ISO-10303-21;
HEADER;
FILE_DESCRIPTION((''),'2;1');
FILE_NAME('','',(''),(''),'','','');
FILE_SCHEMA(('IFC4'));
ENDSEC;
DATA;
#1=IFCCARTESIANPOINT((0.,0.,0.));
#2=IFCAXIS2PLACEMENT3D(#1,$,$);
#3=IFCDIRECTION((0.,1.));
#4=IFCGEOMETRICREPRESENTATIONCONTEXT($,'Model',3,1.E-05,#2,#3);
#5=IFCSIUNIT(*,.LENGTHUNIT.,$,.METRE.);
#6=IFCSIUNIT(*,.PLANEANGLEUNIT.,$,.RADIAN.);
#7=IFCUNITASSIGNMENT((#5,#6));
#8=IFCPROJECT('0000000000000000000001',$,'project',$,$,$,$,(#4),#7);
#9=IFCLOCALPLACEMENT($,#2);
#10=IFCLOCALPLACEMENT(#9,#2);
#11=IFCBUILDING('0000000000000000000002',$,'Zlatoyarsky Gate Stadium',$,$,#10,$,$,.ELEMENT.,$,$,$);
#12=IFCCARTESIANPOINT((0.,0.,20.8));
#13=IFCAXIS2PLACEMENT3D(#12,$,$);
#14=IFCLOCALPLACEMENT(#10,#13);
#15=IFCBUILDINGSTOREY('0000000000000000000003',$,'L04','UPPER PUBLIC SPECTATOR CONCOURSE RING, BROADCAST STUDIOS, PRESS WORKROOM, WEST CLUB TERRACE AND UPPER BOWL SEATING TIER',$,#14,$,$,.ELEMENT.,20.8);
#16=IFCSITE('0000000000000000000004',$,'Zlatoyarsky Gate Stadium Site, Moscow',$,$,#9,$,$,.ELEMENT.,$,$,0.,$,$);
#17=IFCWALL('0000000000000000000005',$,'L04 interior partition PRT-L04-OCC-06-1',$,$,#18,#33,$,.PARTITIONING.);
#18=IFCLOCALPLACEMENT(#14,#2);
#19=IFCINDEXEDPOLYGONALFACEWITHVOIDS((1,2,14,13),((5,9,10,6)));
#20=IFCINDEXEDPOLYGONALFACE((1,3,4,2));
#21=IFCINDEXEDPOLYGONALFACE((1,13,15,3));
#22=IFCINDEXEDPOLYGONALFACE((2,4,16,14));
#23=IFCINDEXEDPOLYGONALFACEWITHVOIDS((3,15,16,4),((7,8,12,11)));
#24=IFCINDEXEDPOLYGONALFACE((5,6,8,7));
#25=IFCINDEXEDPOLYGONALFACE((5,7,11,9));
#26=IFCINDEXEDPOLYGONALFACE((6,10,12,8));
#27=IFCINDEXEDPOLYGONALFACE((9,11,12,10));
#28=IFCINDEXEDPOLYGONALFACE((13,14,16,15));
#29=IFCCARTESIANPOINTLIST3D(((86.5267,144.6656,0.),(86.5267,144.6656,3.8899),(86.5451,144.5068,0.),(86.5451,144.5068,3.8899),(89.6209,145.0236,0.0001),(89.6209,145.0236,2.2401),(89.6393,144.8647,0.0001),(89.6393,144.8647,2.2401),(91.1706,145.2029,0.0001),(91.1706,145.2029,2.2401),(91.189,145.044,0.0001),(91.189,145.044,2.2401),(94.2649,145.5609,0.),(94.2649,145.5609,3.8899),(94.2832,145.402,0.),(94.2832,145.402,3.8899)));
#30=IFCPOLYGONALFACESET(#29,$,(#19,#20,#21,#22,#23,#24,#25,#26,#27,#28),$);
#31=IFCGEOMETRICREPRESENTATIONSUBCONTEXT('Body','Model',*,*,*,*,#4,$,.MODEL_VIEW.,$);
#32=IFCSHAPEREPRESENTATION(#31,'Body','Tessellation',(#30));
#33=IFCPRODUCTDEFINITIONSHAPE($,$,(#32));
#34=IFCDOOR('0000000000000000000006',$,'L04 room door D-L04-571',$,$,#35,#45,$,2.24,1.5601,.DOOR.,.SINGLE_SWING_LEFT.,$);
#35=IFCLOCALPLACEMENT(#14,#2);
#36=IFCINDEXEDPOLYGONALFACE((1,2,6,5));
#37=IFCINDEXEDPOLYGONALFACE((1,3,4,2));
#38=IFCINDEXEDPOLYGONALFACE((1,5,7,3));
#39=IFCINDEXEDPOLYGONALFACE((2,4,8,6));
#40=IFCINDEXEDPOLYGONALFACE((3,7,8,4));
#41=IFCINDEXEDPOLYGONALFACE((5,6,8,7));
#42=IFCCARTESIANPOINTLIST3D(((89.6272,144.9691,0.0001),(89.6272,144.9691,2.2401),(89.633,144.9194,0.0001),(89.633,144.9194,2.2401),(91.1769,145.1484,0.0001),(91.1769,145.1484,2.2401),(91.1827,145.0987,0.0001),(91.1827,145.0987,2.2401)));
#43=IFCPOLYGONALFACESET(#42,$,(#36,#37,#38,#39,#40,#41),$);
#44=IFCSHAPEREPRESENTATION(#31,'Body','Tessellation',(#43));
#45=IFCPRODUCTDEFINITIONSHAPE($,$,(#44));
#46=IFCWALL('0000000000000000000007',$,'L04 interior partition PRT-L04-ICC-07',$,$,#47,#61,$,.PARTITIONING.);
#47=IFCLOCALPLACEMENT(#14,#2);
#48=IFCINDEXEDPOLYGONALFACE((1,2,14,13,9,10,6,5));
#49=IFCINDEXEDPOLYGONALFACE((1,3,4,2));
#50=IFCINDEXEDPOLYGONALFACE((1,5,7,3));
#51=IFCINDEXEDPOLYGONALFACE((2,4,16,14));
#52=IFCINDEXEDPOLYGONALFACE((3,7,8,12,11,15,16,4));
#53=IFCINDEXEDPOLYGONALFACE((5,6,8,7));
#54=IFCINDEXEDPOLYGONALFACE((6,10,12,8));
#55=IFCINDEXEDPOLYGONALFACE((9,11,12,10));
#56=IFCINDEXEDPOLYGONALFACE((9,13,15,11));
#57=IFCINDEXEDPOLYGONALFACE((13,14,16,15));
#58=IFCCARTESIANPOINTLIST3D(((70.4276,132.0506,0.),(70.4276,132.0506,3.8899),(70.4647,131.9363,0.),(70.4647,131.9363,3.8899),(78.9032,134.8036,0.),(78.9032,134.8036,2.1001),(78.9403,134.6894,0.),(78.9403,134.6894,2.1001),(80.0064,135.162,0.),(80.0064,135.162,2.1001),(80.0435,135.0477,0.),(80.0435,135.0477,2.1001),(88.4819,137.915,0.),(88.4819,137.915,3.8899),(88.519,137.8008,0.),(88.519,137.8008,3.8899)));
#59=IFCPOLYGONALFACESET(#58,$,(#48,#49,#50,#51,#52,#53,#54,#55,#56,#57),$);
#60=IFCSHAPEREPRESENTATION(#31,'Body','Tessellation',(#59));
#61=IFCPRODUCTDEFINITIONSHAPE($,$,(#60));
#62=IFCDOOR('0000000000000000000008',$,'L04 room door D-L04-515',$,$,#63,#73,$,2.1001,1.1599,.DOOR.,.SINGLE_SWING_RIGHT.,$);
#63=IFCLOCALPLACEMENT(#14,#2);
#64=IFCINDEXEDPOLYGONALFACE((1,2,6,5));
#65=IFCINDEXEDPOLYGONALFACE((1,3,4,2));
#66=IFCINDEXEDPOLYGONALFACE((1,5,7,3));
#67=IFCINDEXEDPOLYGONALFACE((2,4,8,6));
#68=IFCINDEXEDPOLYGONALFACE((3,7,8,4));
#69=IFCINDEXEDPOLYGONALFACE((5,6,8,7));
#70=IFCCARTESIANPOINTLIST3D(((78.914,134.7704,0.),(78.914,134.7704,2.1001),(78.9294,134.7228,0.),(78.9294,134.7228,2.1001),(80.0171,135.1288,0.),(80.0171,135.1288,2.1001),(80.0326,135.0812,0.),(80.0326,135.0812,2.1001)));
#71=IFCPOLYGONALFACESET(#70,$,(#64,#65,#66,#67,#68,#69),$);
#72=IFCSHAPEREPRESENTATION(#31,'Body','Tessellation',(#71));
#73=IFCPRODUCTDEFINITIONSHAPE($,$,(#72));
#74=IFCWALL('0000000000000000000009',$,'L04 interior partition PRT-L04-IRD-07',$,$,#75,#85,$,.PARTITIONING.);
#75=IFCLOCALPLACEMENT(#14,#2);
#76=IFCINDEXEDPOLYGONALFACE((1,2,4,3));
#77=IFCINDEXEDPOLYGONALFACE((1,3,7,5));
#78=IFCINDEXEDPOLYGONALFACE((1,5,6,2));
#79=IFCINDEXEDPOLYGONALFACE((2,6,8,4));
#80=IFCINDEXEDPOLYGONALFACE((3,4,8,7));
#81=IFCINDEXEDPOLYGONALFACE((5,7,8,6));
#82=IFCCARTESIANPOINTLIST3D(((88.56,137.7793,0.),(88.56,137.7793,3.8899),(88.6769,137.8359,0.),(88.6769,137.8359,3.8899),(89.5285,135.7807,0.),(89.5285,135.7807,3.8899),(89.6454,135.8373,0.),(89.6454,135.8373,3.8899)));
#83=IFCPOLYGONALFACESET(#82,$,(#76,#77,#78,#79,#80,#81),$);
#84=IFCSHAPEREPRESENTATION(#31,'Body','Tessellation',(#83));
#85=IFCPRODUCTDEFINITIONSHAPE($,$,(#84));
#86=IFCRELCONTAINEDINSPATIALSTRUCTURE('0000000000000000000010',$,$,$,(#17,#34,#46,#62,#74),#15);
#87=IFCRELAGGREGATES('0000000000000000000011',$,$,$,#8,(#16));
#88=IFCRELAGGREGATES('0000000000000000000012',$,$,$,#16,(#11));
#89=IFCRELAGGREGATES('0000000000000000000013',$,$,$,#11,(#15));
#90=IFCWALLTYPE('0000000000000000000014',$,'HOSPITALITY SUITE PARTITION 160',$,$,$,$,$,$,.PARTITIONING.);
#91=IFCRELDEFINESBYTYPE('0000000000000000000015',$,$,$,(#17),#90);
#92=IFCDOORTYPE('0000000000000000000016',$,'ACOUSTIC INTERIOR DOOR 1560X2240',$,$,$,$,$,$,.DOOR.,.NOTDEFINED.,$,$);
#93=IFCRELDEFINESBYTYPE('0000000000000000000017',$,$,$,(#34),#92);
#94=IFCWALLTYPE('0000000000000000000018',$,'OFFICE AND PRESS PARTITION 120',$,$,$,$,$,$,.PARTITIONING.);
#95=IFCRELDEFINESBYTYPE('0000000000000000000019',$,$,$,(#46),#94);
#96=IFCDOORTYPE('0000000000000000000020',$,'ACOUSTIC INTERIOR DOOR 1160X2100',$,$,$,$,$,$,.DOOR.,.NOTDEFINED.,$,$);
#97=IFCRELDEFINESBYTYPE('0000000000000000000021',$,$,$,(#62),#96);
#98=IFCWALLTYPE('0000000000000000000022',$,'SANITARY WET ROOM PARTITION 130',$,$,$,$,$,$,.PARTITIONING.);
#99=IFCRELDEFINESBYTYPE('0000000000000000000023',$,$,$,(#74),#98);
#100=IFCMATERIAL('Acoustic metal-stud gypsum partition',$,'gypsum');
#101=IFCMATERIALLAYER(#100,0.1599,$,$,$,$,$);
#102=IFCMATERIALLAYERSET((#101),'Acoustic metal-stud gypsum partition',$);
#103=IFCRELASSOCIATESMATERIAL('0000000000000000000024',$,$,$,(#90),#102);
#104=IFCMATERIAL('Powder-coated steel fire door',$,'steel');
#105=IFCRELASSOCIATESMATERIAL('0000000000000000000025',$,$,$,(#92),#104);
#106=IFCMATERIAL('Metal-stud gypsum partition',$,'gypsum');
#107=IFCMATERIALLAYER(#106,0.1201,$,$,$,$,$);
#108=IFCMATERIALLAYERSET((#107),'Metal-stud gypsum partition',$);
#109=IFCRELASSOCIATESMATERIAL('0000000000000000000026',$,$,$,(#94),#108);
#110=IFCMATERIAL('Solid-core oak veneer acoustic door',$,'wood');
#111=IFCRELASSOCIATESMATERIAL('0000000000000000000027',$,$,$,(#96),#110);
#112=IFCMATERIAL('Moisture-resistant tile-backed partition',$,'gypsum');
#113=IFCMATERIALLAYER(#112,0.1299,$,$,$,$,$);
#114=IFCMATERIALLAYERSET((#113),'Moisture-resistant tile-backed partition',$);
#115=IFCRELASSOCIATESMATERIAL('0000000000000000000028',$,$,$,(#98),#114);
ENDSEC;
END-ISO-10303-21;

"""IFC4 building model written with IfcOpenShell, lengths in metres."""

from ifc_helpers import new_model, si_unit, direction, frame, frame_2d, origin, place, context, subcontext, project, spatial, rectangle, extrude, material, layer, layer_set, type_object, element, fill, save


model = new_model("IFC4")

# Units and contexts
model_context = context("Model", 3, precision=1e-05, world=origin(), true_north=direction((0.0, 1.0)))
body_context = subcontext(model_context, "Body", "Model", "MODEL_VIEW")
ifc_project = project(units=[si_unit("LENGTHUNIT", "METRE"), si_unit("PLANEANGLEUNIT", "RADIAN")], contexts=[model_context])

# Site, building, storey
site_placement = place(None, origin())
site = spatial("IfcSite", under=ifc_project, at=site_placement, Name="Zlatoyarsky Gate Stadium Site, Moscow", CompositionType="ELEMENT", RefElevation=0.0)
building_placement = place(site_placement, origin())
building = spatial("IfcBuilding", under=site, at=building_placement, Name="Zlatoyarsky Gate Stadium", CompositionType="ELEMENT")
storey_placement = place(building_placement, frame((0.0, 0.0, 20.8)))
storey = spatial("IfcBuildingStorey", under=building, at=storey_placement, Name="L04", Description="UPPER PUBLIC SPECTATOR CONCOURSE RING, BROADCAST STUDIOS, PRESS WORKROOM, WEST CLUB TERRACE AND UPPER BOWL SEATING TIER", CompositionType="ELEMENT", Elevation=20.8)

# Shared definitions
ifc_material_1 = material(Name="Metal-stud gypsum partition", Category="gypsum")

# Shared definitions
ifc_material_2 = material(Name="Powder-coated steel fire door", Category="steel")

# Walls, openings, doors
ifc_material_3 = material(Name="Acoustic metal-stud gypsum partition", Category="gypsum")
ifc_layer_1 = layer(ifc_material_3, 0.1599)
ifc_layer_set_1 = layer_set([ifc_layer_1], Name="Acoustic metal-stud gypsum partition")
wall_type_1 = type_object("IfcWallType", Name="HOSPITALITY SUITE PARTITION 160", PredefinedType="PARTITIONING", material=ifc_layer_set_1)
wall_1_placement = place(storey_placement, frame((94.2742, 145.4814, 0.0), z_axis=(0.0, 0.0, 1.0), x_axis=(-0.993374, -0.114926, 0.0)))
wall_1 = element("IfcWall", 1, at=wall_1_placement, inside=storey, type_object=wall_type_1, Name="L04 interior partition PRT-L04-OCC-06-1", PredefinedType="PARTITIONING", context=body_context, shape_type="SweptSolid", body=[
    extrude(rectangle(XDim=7.7898, YDim=0.1599, at=frame_2d((3.895, 0.0))), origin(), (0.0, 0.0, 1.0), 3.8899),
])
opening_1_placement = place(wall_1_placement, frame((3.115, 0.0, 0.0)))
opening_1 = element("IfcOpeningElement", 2, at=opening_1_placement, cuts=wall_1, PredefinedType="OPENING", context=body_context, shape_type="SweptSolid", body=[
    extrude(rectangle(XDim=1.5601, YDim=2.24, at=frame_2d((0.78, 1.1201))), frame((0.0, 0.0898, 0.0), z_axis=(0.0, -1.0, 0.0), x_axis=(1.0, 0.0, 0.0)), (0.0, 0.0, 1.0), 0.1799),
])
door_type_1 = type_object("IfcDoorType", Name="ACOUSTIC INTERIOR DOOR 1560X2240", OperationType="NOTDEFINED", PredefinedType="DOOR", material=ifc_material_2)
door_1_placement = place(opening_1_placement, origin())
door_1 = element("IfcDoor", 3, at=door_1_placement, inside=storey, type_object=door_type_1, Name="L04 room door D-L04-571", OperationType="SINGLE_SWING_LEFT", OverallHeight=2.24, OverallWidth=1.5601, PredefinedType="DOOR", context=body_context, shape_type="SweptSolid", body=[
    extrude(rectangle(XDim=1.5601, YDim=2.24, at=frame_2d((0.78, 1.1201))), frame((0.0, 0.0249, 0.0), z_axis=(0.0, -1.0, 0.0), x_axis=(1.0, 0.0, 0.0)), (0.0, 0.0, 1.0), 0.05),
])
fill(opening_1, door_1)
ifc_layer_2 = layer(ifc_material_1, 0.1201)
ifc_layer_set_2 = layer_set([ifc_layer_2], Name="Metal-stud gypsum partition")
wall_type_2 = type_object("IfcWallType", Name="OFFICE AND PRESS PARTITION 120", PredefinedType="PARTITIONING", material=ifc_layer_set_2)
wall_2_placement = place(storey_placement, frame((88.5005, 137.8579, 0.0), z_axis=(0.0, 0.0, 1.0), x_axis=(-0.951083, -0.308934, 0.0)))
wall_2 = element("IfcWall", 4, at=wall_2_placement, inside=storey, type_object=wall_type_2, Name="L04 interior partition PRT-L04-ICC-07", PredefinedType="PARTITIONING", context=body_context, shape_type="SweptSolid", body=[
    extrude(rectangle(XDim=18.9829, YDim=0.1201, at=frame_2d((9.4915, 0.0))), origin(), (0.0, 0.0, 1.0), 3.8899),
])
opening_2_placement = place(wall_2_placement, frame((8.9114, 0.0, 0.0)))
opening_2 = element("IfcOpeningElement", 5, at=opening_2_placement, cuts=wall_2, PredefinedType="OPENING", context=body_context, shape_type="SweptSolid", body=[
    extrude(rectangle(XDim=1.1599, YDim=2.1001, at=frame_2d((0.5801, 1.05))), frame((0.0, 0.0701, 0.0), z_axis=(0.0, -1.0, 0.0), x_axis=(1.0, 0.0, 0.0)), (0.0, 0.0, 1.0), 0.1401),
])
ifc_material_4 = material(Name="Solid-core oak veneer acoustic door", Category="wood")
door_type_2 = type_object("IfcDoorType", Name="ACOUSTIC INTERIOR DOOR 1160X2100", OperationType="NOTDEFINED", PredefinedType="DOOR", material=ifc_material_4)
door_2_placement = place(opening_2_placement, origin())
door_2 = element("IfcDoor", 6, at=door_2_placement, inside=storey, type_object=door_type_2, Name="L04 room door D-L04-515", OperationType="SINGLE_SWING_RIGHT", OverallHeight=2.1001, OverallWidth=1.1599, PredefinedType="DOOR", context=body_context, shape_type="SweptSolid", body=[
    extrude(rectangle(XDim=1.1599, YDim=2.1001, at=frame_2d((0.5801, 1.05))), frame((0.0, 0.0249, 0.0), z_axis=(0.0, -1.0, 0.0), x_axis=(1.0, 0.0, 0.0)), (0.0, 0.0, 1.0), 0.05),
])
fill(opening_2, door_2)

# Wall
ifc_material_5 = material(Name="Moisture-resistant tile-backed partition", Category="gypsum")
ifc_layer_3 = layer(ifc_material_5, 0.1299)
ifc_layer_set_3 = layer_set([ifc_layer_3], Name="Moisture-resistant tile-backed partition")
wall_type_3 = type_object("IfcWallType", Name="SANITARY WET ROOM PARTITION 130", PredefinedType="PARTITIONING", material=ifc_layer_set_3)
wall_3_placement = place(storey_placement, frame((89.5869, 135.8091, 0.0), z_axis=(0.0, 0.0, 1.0), x_axis=(-0.436098, 0.899899, 0.0)))
element("IfcWall", 7, at=wall_3_placement, inside=storey, type_object=wall_type_3, Name="L04 interior partition PRT-L04-IRD-07", PredefinedType="PARTITIONING", context=body_context, shape_type="SweptSolid", body=[
    extrude(rectangle(XDim=2.2209, YDim=0.1299, at=frame_2d((1.1104, 0.0))), origin(), (0.0, 0.0, 1.0), 3.8899),
])

save(model, "model.ifc")
